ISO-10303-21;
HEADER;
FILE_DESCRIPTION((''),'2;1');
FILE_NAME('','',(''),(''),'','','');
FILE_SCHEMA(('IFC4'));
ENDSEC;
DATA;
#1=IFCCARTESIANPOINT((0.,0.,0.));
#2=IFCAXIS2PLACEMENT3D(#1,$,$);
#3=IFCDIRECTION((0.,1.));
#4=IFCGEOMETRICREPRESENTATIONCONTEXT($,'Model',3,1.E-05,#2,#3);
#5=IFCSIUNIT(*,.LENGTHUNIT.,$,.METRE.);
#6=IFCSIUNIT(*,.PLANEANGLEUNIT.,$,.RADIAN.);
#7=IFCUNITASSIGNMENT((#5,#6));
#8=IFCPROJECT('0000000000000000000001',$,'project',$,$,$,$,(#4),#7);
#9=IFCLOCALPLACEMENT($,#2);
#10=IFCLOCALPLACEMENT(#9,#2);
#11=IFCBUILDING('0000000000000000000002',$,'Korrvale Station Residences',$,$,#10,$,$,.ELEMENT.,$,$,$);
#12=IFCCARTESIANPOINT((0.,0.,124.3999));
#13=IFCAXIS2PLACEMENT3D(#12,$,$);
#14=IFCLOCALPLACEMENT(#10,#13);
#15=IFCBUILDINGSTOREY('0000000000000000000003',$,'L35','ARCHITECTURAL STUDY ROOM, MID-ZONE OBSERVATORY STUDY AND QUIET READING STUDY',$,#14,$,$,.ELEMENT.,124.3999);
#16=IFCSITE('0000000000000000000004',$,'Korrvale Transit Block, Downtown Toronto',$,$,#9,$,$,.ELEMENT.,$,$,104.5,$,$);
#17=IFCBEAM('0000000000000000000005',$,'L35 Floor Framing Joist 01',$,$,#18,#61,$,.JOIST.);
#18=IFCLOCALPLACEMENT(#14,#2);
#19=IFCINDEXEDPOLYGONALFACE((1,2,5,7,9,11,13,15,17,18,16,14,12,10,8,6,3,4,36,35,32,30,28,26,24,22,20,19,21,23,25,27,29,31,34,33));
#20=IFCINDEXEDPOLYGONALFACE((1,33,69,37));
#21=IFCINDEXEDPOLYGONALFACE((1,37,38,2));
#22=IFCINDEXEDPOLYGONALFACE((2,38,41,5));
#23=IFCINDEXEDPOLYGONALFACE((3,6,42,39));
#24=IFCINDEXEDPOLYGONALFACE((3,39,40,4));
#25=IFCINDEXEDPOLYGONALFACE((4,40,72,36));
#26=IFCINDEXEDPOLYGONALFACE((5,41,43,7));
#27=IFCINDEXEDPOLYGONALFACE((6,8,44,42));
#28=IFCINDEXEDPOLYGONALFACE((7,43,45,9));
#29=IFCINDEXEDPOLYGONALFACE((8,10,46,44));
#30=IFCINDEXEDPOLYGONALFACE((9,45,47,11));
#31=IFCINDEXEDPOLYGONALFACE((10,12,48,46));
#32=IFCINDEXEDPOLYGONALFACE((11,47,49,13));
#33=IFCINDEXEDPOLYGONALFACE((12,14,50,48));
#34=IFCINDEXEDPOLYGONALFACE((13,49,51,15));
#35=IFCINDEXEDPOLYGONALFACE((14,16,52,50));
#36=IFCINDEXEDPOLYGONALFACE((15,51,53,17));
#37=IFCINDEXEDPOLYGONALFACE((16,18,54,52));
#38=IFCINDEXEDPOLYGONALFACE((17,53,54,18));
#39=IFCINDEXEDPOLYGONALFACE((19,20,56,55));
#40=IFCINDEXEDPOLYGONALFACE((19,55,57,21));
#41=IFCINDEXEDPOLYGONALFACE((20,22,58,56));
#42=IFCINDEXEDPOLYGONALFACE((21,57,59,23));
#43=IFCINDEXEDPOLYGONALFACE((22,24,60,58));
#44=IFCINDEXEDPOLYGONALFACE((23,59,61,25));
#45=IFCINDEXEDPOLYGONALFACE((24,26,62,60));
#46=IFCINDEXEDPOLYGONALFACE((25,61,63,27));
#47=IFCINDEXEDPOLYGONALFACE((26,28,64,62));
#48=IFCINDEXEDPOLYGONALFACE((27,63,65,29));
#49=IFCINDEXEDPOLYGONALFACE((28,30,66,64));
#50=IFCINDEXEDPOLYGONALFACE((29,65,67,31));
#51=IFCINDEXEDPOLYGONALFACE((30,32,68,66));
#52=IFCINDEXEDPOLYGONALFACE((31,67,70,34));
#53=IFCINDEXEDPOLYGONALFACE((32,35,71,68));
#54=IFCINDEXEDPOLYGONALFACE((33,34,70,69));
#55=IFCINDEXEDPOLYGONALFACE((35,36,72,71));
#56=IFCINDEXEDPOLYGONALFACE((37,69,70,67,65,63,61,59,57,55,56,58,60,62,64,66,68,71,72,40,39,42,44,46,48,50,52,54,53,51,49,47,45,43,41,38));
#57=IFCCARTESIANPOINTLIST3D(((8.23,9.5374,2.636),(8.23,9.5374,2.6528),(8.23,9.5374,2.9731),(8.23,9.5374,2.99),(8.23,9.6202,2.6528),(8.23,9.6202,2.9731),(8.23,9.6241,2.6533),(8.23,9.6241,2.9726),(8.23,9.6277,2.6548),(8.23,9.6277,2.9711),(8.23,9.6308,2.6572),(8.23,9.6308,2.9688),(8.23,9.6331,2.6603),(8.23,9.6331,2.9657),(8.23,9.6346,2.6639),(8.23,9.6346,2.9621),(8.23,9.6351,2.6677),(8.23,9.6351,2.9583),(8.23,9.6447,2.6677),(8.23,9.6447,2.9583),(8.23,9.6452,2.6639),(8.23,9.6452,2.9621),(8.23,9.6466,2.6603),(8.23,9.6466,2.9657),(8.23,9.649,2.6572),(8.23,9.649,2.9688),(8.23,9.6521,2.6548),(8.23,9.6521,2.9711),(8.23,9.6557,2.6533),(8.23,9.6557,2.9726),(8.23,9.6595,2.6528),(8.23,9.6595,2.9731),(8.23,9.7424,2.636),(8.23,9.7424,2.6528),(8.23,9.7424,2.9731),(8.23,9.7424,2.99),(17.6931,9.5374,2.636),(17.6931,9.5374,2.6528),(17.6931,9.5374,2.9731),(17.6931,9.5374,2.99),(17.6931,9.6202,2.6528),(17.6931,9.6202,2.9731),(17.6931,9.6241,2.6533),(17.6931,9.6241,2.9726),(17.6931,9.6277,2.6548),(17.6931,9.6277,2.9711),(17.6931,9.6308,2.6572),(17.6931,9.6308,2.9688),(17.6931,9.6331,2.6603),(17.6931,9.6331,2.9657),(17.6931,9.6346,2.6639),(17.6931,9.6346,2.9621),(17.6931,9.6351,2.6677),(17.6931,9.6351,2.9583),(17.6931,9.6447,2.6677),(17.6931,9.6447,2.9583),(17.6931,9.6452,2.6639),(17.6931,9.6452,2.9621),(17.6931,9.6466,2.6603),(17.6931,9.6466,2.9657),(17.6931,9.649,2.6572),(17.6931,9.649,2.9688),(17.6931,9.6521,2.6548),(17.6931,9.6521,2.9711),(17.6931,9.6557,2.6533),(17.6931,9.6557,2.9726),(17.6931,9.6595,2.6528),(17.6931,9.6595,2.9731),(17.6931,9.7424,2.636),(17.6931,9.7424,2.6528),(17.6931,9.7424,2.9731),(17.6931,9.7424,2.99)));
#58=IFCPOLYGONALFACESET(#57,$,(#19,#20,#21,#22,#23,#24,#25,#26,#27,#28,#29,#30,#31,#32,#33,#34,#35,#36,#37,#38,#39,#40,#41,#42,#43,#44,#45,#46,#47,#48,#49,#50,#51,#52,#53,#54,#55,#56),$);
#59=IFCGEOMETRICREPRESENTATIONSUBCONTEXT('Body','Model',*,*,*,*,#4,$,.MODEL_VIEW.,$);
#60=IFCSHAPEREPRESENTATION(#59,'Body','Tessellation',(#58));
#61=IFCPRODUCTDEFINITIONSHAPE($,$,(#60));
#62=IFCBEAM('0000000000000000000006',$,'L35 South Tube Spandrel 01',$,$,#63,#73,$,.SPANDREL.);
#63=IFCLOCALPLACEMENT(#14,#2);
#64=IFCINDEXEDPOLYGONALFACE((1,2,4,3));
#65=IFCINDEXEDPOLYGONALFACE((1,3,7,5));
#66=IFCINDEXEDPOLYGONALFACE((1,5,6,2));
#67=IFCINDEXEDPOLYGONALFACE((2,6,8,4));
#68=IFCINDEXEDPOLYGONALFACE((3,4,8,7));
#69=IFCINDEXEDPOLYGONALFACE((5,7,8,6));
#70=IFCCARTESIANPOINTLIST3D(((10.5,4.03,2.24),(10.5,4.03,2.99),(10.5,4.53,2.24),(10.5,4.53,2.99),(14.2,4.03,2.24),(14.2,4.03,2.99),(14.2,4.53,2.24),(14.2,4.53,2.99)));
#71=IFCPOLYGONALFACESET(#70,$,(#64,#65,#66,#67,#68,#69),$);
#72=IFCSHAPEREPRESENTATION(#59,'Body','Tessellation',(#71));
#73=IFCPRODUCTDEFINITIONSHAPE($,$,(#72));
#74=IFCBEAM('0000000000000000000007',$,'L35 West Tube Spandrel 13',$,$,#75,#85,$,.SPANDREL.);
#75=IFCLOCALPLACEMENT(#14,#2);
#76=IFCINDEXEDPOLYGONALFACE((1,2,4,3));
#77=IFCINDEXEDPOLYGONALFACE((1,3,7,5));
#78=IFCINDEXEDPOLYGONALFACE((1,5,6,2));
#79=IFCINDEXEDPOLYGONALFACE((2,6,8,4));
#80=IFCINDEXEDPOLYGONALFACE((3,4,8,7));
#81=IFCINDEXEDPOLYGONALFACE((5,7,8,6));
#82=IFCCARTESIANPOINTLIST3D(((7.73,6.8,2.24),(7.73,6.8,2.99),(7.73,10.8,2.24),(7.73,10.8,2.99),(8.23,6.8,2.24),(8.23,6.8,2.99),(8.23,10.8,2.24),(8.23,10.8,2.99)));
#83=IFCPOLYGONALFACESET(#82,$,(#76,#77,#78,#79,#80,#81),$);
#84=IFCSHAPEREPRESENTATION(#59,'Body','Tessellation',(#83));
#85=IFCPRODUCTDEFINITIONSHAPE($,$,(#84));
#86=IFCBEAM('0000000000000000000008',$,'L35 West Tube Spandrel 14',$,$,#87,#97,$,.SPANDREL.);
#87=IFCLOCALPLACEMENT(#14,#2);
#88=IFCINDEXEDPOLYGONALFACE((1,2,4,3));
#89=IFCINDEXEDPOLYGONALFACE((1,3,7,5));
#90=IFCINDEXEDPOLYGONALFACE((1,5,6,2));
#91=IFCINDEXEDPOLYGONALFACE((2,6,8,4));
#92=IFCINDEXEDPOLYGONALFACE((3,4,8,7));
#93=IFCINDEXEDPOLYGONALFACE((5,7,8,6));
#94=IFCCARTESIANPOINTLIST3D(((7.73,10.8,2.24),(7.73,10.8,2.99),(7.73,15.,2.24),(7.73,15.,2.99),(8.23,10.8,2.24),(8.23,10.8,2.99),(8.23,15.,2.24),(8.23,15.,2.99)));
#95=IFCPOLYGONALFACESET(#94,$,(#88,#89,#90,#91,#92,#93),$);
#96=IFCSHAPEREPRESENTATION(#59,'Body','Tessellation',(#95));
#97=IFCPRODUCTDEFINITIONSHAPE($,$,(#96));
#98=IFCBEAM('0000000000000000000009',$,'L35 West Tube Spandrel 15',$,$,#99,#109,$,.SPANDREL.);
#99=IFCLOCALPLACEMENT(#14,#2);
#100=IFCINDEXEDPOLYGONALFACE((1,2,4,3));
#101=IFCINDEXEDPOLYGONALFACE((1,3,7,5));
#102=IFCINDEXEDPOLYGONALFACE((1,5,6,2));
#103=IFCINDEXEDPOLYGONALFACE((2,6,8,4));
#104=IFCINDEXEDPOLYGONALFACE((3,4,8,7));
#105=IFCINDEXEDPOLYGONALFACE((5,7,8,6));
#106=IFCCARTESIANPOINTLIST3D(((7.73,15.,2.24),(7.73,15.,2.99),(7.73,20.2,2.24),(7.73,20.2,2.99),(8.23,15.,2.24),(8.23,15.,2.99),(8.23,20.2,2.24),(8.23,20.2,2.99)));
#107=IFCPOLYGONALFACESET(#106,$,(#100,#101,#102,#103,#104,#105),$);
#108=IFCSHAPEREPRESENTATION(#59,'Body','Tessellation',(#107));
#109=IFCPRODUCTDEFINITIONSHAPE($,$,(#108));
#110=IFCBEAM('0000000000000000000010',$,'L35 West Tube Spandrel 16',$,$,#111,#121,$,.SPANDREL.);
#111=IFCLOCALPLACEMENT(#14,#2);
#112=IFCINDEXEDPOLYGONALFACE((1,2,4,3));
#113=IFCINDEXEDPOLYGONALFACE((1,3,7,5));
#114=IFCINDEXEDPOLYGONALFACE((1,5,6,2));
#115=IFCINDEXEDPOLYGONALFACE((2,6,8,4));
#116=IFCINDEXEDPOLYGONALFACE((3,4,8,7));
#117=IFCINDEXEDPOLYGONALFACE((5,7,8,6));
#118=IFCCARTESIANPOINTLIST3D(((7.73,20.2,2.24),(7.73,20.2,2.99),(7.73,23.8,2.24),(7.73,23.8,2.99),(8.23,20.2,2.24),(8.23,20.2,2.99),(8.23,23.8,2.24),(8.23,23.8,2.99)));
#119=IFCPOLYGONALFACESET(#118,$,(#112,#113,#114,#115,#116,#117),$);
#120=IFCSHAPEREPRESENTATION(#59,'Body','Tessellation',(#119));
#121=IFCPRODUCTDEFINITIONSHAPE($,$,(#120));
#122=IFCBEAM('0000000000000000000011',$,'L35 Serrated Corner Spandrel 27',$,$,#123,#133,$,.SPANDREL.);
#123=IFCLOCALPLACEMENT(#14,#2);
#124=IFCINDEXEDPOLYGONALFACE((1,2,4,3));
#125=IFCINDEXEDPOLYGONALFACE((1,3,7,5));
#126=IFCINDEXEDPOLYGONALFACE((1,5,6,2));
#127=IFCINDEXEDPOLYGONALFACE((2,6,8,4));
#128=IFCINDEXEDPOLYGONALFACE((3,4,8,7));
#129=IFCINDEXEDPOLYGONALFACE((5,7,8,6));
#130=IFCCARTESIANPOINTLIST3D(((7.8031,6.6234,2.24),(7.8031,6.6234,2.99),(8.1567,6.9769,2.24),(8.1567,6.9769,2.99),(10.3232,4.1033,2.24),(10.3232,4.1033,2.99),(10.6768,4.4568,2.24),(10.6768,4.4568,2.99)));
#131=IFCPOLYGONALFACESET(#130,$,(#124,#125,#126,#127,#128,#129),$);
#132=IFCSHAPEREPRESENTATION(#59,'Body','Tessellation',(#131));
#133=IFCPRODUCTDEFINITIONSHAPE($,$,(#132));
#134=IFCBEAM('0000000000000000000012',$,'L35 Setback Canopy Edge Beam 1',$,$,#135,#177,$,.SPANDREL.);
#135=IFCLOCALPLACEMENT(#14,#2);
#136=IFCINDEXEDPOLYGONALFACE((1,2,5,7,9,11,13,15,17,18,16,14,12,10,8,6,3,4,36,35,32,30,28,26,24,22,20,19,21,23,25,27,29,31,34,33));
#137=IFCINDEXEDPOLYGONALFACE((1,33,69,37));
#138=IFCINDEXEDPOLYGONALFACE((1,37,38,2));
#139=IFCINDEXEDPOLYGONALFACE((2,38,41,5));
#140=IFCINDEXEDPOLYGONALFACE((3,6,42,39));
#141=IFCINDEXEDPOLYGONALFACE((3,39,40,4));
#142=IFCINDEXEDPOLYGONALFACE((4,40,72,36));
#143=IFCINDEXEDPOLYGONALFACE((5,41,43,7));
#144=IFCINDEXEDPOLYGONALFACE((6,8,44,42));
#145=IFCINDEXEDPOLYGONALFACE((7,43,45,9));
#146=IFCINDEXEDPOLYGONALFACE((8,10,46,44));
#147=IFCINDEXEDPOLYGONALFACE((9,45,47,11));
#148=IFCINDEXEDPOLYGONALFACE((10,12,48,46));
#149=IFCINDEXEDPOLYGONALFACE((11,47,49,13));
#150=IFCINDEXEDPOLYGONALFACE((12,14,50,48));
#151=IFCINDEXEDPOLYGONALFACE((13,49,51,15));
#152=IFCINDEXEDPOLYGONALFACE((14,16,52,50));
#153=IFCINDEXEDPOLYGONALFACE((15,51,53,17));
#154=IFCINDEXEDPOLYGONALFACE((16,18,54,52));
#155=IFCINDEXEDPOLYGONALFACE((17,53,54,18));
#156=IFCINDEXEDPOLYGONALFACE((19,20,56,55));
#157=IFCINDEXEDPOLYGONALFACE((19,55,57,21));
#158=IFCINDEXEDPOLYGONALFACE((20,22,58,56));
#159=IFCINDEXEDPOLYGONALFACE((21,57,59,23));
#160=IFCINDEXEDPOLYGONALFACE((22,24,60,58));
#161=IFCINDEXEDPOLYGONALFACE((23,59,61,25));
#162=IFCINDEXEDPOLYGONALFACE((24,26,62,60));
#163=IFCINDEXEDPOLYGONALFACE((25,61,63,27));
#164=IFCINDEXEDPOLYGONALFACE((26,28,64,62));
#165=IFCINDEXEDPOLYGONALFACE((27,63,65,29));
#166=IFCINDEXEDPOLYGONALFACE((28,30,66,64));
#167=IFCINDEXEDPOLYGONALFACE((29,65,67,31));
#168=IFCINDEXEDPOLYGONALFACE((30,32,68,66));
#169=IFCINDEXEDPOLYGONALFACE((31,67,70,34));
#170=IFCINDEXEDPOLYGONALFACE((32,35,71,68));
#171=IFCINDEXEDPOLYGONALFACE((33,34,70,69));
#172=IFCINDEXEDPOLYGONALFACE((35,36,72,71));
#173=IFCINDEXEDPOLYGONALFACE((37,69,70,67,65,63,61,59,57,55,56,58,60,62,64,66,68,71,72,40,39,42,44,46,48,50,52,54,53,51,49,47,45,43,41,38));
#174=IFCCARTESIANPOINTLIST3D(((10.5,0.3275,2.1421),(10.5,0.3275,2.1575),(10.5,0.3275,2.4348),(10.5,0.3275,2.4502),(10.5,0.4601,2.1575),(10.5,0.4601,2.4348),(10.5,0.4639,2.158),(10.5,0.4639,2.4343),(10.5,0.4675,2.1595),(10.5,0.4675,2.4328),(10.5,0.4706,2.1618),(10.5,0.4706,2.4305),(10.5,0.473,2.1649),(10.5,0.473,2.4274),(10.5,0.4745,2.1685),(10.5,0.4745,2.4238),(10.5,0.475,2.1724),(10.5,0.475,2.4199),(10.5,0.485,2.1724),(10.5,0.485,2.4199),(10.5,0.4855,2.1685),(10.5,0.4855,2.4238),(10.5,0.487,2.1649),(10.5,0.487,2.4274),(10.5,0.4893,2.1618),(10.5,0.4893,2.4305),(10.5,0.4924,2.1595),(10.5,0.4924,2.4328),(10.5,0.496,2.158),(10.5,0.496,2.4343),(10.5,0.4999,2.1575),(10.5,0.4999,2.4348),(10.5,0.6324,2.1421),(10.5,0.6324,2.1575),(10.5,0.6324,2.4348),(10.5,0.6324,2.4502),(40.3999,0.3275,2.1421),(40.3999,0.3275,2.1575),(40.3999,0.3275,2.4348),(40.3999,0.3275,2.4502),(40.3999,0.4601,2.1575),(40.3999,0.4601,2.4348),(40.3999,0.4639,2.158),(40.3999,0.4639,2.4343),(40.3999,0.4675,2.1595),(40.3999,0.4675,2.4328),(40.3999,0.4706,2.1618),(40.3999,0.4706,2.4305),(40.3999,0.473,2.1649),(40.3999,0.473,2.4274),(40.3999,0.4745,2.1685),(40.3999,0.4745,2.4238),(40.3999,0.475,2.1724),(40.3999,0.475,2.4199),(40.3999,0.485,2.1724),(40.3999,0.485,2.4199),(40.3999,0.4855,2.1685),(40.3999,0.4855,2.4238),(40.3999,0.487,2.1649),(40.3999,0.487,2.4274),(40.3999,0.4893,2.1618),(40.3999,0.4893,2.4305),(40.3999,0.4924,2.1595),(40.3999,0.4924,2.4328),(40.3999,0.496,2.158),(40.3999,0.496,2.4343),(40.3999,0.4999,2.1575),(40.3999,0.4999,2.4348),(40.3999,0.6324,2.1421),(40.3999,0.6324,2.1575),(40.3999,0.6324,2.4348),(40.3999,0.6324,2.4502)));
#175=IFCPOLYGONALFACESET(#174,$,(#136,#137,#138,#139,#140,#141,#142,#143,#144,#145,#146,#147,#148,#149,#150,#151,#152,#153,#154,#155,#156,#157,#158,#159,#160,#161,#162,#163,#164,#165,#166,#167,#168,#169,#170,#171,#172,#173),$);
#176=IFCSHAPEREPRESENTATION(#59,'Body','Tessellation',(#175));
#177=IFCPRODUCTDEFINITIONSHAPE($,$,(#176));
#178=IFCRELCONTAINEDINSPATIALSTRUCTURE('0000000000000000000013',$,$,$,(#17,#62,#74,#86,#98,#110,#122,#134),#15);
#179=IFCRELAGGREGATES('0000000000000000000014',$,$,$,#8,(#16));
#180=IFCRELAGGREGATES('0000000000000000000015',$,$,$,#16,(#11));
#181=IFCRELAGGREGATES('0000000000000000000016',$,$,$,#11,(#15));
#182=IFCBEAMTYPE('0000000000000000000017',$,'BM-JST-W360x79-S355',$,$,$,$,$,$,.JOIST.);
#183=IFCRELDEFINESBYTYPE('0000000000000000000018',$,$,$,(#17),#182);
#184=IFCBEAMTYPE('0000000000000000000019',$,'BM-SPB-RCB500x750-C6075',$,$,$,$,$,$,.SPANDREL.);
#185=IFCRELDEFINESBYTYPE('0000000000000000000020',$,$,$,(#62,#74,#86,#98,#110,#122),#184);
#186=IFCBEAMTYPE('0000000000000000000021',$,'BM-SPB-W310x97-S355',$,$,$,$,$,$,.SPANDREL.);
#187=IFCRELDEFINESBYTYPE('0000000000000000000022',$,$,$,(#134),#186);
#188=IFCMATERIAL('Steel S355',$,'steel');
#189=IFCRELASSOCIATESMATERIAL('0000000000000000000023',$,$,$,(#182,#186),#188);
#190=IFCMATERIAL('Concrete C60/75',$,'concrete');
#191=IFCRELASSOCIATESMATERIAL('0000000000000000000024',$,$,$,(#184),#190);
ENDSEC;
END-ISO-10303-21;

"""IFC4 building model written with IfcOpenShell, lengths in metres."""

from ifc_helpers import new_model, si_unit, direction, frame, origin, origin_2d, place, context, subcontext, project, spatial, rectangle, i_section, extrude, material, material_profile, profile_set, type_object, element, save


model = new_model("IFC4")

# Units and contexts
model_context = context("Model", 3, precision=1e-05, world=origin(), true_north=direction((0.0, 1.0)))
body_context = subcontext(model_context, "Body", "Model", "MODEL_VIEW")
ifc_project = project(units=[si_unit("LENGTHUNIT", "METRE"), si_unit("PLANEANGLEUNIT", "RADIAN")], contexts=[model_context])

# Site, building, storey
site_placement = place(None, origin())
site = spatial("IfcSite", under=ifc_project, at=site_placement, Name="Korrvale Transit Block, Downtown Toronto", CompositionType="ELEMENT", RefElevation=104.5)
building_placement = place(site_placement, origin())
building = spatial("IfcBuilding", under=site, at=building_placement, Name="Korrvale Station Residences", CompositionType="ELEMENT")
storey_placement = place(building_placement, frame((0.0, 0.0, 124.3999)))
storey = spatial("IfcBuildingStorey", under=building, at=storey_placement, Name="L35", Description="ARCHITECTURAL STUDY ROOM, MID-ZONE OBSERVATORY STUDY AND QUIET READING STUDY", CompositionType="ELEMENT", Elevation=124.3999)

# Shared definitions
ifc_material_1 = material(Name="Steel S355", Category="steel")
ifc_material_2 = material(Name="Concrete C60/75", Category="concrete")

# Beams
ifc_material_profile_1 = material_profile(ifc_material_1, i_section(OverallWidth=0.2051, OverallDepth=0.354, WebThickness=0.0095, FlangeThickness=0.0168, FilletRadius=0.0149, at=origin_2d()), Name="W360x79")
ifc_profile_set_1 = profile_set([ifc_material_profile_1], Name="Steel S355")
beam_type_1 = type_object("IfcBeamType", Name="BM-JST-W360x79-S355", PredefinedType="JOIST", material=ifc_profile_set_1)
beam_1_placement = place(storey_placement, frame((8.23, 9.6399, 2.813), z_axis=(1.0, 0.0, 0.0), x_axis=(0.0, 1.0, 0.0)))
element("IfcBeam", 1, at=beam_1_placement, inside=storey, type_object=beam_type_1, Name="L35 Floor Framing Joist 01", PredefinedType="JOIST", context=body_context, shape_type="SweptSolid", body=[
    extrude(i_section(OverallWidth=0.2051, OverallDepth=0.354, WebThickness=0.0095, FlangeThickness=0.0168, FilletRadius=0.0149, at=origin_2d()), origin(), (0.0, 0.0, 1.0), 9.4631),
])
ifc_material_profile_2 = material_profile(ifc_material_2, rectangle(XDim=0.5, YDim=0.75, at=origin_2d()), Name="RCB500x750")
ifc_profile_set_2 = profile_set([ifc_material_profile_2], Name="Concrete C60/75")
beam_type_2 = type_object("IfcBeamType", Name="BM-SPB-RCB500x750-C6075", PredefinedType="SPANDREL", material=ifc_profile_set_2)
beam_2_placement = place(storey_placement, frame((10.5, 4.28, 2.615), z_axis=(1.0, 0.0, 0.0), x_axis=(0.0, 1.0, 0.0)))
element("IfcBeam", 2, at=beam_2_placement, inside=storey, type_object=beam_type_2, Name="L35 South Tube Spandrel 01", PredefinedType="SPANDREL", context=body_context, shape_type="SweptSolid", body=[
    extrude(rectangle(XDim=0.5, YDim=0.75, at=origin_2d()), origin(), (0.0, 0.0, 1.0), 3.7),
])
beam_3_placement = place(storey_placement, frame((7.98, 6.8, 2.615), z_axis=(0.0, 1.0, 0.0), x_axis=(-1.0, 0.0, 0.0)))
element("IfcBeam", 3, at=beam_3_placement, inside=storey, type_object=beam_type_2, Name="L35 West Tube Spandrel 13", PredefinedType="SPANDREL", context=body_context, shape_type="SweptSolid", body=[
    extrude(rectangle(XDim=0.5, YDim=0.75, at=origin_2d()), origin(), (0.0, 0.0, 1.0), 4.0),
])
beam_4_placement = place(storey_placement, frame((7.98, 10.8, 2.615), z_axis=(0.0, 1.0, 0.0), x_axis=(-1.0, 0.0, 0.0)))
element("IfcBeam", 4, at=beam_4_placement, inside=storey, type_object=beam_type_2, Name="L35 West Tube Spandrel 14", PredefinedType="SPANDREL", context=body_context, shape_type="SweptSolid", body=[
    extrude(rectangle(XDim=0.5, YDim=0.75, at=origin_2d()), origin(), (0.0, 0.0, 1.0), 4.2),
])
beam_5_placement = place(storey_placement, frame((7.98, 15.0, 2.615), z_axis=(0.0, 1.0, 0.0), x_axis=(-1.0, 0.0, 0.0)))
element("IfcBeam", 5, at=beam_5_placement, inside=storey, type_object=beam_type_2, Name="L35 West Tube Spandrel 15", PredefinedType="SPANDREL", context=body_context, shape_type="SweptSolid", body=[
    extrude(rectangle(XDim=0.5, YDim=0.75, at=origin_2d()), origin(), (0.0, 0.0, 1.0), 5.2),
])
beam_6_placement = place(storey_placement, frame((7.98, 20.2, 2.615), z_axis=(0.0, 1.0, 0.0), x_axis=(-1.0, 0.0, 0.0)))
element("IfcBeam", 6, at=beam_6_placement, inside=storey, type_object=beam_type_2, Name="L35 West Tube Spandrel 16", PredefinedType="SPANDREL", context=body_context, shape_type="SweptSolid", body=[
    extrude(rectangle(XDim=0.5, YDim=0.75, at=origin_2d()), origin(), (0.0, 0.0, 1.0), 3.6001),
])
beam_7_placement = place(storey_placement, frame((10.5, 4.28, 2.615), z_axis=(-0.707107, 0.707107, 0.0), x_axis=(-0.707107, -0.707107, 0.0)))
element("IfcBeam", 7, at=beam_7_placement, inside=storey, type_object=beam_type_2, Name="L35 Serrated Corner Spandrel 27", PredefinedType="SPANDREL", context=body_context, shape_type="SweptSolid", body=[
    extrude(rectangle(XDim=0.5, YDim=0.75, at=origin_2d()), origin(), (0.0, 0.0, 1.0), 3.564),
])
ifc_material_profile_3 = material_profile(ifc_material_1, i_section(OverallWidth=0.3049, OverallDepth=0.3081, WebThickness=0.01, FlangeThickness=0.0154, FilletRadius=0.0149, at=origin_2d()), Name="W310x97")
ifc_profile_set_3 = profile_set([ifc_material_profile_3], Name="Steel S355")
beam_type_3 = type_object("IfcBeamType", Name="BM-SPB-W310x97-S355", PredefinedType="SPANDREL", material=ifc_profile_set_3)
beam_8_placement = place(storey_placement, frame((10.5, 0.48, 2.2961), z_axis=(1.0, 0.0, 0.0), x_axis=(0.0, 1.0, 0.0)))
element("IfcBeam", 8, at=beam_8_placement, inside=storey, type_object=beam_type_3, Name="L35 Setback Canopy Edge Beam 1", PredefinedType="SPANDREL", context=body_context, shape_type="SweptSolid", body=[
    extrude(i_section(OverallWidth=0.3049, OverallDepth=0.3081, WebThickness=0.01, FlangeThickness=0.0154, FilletRadius=0.0149, at=origin_2d()), origin(), (0.0, 0.0, 1.0), 29.8999),
])

save(model, "model.ifc")
